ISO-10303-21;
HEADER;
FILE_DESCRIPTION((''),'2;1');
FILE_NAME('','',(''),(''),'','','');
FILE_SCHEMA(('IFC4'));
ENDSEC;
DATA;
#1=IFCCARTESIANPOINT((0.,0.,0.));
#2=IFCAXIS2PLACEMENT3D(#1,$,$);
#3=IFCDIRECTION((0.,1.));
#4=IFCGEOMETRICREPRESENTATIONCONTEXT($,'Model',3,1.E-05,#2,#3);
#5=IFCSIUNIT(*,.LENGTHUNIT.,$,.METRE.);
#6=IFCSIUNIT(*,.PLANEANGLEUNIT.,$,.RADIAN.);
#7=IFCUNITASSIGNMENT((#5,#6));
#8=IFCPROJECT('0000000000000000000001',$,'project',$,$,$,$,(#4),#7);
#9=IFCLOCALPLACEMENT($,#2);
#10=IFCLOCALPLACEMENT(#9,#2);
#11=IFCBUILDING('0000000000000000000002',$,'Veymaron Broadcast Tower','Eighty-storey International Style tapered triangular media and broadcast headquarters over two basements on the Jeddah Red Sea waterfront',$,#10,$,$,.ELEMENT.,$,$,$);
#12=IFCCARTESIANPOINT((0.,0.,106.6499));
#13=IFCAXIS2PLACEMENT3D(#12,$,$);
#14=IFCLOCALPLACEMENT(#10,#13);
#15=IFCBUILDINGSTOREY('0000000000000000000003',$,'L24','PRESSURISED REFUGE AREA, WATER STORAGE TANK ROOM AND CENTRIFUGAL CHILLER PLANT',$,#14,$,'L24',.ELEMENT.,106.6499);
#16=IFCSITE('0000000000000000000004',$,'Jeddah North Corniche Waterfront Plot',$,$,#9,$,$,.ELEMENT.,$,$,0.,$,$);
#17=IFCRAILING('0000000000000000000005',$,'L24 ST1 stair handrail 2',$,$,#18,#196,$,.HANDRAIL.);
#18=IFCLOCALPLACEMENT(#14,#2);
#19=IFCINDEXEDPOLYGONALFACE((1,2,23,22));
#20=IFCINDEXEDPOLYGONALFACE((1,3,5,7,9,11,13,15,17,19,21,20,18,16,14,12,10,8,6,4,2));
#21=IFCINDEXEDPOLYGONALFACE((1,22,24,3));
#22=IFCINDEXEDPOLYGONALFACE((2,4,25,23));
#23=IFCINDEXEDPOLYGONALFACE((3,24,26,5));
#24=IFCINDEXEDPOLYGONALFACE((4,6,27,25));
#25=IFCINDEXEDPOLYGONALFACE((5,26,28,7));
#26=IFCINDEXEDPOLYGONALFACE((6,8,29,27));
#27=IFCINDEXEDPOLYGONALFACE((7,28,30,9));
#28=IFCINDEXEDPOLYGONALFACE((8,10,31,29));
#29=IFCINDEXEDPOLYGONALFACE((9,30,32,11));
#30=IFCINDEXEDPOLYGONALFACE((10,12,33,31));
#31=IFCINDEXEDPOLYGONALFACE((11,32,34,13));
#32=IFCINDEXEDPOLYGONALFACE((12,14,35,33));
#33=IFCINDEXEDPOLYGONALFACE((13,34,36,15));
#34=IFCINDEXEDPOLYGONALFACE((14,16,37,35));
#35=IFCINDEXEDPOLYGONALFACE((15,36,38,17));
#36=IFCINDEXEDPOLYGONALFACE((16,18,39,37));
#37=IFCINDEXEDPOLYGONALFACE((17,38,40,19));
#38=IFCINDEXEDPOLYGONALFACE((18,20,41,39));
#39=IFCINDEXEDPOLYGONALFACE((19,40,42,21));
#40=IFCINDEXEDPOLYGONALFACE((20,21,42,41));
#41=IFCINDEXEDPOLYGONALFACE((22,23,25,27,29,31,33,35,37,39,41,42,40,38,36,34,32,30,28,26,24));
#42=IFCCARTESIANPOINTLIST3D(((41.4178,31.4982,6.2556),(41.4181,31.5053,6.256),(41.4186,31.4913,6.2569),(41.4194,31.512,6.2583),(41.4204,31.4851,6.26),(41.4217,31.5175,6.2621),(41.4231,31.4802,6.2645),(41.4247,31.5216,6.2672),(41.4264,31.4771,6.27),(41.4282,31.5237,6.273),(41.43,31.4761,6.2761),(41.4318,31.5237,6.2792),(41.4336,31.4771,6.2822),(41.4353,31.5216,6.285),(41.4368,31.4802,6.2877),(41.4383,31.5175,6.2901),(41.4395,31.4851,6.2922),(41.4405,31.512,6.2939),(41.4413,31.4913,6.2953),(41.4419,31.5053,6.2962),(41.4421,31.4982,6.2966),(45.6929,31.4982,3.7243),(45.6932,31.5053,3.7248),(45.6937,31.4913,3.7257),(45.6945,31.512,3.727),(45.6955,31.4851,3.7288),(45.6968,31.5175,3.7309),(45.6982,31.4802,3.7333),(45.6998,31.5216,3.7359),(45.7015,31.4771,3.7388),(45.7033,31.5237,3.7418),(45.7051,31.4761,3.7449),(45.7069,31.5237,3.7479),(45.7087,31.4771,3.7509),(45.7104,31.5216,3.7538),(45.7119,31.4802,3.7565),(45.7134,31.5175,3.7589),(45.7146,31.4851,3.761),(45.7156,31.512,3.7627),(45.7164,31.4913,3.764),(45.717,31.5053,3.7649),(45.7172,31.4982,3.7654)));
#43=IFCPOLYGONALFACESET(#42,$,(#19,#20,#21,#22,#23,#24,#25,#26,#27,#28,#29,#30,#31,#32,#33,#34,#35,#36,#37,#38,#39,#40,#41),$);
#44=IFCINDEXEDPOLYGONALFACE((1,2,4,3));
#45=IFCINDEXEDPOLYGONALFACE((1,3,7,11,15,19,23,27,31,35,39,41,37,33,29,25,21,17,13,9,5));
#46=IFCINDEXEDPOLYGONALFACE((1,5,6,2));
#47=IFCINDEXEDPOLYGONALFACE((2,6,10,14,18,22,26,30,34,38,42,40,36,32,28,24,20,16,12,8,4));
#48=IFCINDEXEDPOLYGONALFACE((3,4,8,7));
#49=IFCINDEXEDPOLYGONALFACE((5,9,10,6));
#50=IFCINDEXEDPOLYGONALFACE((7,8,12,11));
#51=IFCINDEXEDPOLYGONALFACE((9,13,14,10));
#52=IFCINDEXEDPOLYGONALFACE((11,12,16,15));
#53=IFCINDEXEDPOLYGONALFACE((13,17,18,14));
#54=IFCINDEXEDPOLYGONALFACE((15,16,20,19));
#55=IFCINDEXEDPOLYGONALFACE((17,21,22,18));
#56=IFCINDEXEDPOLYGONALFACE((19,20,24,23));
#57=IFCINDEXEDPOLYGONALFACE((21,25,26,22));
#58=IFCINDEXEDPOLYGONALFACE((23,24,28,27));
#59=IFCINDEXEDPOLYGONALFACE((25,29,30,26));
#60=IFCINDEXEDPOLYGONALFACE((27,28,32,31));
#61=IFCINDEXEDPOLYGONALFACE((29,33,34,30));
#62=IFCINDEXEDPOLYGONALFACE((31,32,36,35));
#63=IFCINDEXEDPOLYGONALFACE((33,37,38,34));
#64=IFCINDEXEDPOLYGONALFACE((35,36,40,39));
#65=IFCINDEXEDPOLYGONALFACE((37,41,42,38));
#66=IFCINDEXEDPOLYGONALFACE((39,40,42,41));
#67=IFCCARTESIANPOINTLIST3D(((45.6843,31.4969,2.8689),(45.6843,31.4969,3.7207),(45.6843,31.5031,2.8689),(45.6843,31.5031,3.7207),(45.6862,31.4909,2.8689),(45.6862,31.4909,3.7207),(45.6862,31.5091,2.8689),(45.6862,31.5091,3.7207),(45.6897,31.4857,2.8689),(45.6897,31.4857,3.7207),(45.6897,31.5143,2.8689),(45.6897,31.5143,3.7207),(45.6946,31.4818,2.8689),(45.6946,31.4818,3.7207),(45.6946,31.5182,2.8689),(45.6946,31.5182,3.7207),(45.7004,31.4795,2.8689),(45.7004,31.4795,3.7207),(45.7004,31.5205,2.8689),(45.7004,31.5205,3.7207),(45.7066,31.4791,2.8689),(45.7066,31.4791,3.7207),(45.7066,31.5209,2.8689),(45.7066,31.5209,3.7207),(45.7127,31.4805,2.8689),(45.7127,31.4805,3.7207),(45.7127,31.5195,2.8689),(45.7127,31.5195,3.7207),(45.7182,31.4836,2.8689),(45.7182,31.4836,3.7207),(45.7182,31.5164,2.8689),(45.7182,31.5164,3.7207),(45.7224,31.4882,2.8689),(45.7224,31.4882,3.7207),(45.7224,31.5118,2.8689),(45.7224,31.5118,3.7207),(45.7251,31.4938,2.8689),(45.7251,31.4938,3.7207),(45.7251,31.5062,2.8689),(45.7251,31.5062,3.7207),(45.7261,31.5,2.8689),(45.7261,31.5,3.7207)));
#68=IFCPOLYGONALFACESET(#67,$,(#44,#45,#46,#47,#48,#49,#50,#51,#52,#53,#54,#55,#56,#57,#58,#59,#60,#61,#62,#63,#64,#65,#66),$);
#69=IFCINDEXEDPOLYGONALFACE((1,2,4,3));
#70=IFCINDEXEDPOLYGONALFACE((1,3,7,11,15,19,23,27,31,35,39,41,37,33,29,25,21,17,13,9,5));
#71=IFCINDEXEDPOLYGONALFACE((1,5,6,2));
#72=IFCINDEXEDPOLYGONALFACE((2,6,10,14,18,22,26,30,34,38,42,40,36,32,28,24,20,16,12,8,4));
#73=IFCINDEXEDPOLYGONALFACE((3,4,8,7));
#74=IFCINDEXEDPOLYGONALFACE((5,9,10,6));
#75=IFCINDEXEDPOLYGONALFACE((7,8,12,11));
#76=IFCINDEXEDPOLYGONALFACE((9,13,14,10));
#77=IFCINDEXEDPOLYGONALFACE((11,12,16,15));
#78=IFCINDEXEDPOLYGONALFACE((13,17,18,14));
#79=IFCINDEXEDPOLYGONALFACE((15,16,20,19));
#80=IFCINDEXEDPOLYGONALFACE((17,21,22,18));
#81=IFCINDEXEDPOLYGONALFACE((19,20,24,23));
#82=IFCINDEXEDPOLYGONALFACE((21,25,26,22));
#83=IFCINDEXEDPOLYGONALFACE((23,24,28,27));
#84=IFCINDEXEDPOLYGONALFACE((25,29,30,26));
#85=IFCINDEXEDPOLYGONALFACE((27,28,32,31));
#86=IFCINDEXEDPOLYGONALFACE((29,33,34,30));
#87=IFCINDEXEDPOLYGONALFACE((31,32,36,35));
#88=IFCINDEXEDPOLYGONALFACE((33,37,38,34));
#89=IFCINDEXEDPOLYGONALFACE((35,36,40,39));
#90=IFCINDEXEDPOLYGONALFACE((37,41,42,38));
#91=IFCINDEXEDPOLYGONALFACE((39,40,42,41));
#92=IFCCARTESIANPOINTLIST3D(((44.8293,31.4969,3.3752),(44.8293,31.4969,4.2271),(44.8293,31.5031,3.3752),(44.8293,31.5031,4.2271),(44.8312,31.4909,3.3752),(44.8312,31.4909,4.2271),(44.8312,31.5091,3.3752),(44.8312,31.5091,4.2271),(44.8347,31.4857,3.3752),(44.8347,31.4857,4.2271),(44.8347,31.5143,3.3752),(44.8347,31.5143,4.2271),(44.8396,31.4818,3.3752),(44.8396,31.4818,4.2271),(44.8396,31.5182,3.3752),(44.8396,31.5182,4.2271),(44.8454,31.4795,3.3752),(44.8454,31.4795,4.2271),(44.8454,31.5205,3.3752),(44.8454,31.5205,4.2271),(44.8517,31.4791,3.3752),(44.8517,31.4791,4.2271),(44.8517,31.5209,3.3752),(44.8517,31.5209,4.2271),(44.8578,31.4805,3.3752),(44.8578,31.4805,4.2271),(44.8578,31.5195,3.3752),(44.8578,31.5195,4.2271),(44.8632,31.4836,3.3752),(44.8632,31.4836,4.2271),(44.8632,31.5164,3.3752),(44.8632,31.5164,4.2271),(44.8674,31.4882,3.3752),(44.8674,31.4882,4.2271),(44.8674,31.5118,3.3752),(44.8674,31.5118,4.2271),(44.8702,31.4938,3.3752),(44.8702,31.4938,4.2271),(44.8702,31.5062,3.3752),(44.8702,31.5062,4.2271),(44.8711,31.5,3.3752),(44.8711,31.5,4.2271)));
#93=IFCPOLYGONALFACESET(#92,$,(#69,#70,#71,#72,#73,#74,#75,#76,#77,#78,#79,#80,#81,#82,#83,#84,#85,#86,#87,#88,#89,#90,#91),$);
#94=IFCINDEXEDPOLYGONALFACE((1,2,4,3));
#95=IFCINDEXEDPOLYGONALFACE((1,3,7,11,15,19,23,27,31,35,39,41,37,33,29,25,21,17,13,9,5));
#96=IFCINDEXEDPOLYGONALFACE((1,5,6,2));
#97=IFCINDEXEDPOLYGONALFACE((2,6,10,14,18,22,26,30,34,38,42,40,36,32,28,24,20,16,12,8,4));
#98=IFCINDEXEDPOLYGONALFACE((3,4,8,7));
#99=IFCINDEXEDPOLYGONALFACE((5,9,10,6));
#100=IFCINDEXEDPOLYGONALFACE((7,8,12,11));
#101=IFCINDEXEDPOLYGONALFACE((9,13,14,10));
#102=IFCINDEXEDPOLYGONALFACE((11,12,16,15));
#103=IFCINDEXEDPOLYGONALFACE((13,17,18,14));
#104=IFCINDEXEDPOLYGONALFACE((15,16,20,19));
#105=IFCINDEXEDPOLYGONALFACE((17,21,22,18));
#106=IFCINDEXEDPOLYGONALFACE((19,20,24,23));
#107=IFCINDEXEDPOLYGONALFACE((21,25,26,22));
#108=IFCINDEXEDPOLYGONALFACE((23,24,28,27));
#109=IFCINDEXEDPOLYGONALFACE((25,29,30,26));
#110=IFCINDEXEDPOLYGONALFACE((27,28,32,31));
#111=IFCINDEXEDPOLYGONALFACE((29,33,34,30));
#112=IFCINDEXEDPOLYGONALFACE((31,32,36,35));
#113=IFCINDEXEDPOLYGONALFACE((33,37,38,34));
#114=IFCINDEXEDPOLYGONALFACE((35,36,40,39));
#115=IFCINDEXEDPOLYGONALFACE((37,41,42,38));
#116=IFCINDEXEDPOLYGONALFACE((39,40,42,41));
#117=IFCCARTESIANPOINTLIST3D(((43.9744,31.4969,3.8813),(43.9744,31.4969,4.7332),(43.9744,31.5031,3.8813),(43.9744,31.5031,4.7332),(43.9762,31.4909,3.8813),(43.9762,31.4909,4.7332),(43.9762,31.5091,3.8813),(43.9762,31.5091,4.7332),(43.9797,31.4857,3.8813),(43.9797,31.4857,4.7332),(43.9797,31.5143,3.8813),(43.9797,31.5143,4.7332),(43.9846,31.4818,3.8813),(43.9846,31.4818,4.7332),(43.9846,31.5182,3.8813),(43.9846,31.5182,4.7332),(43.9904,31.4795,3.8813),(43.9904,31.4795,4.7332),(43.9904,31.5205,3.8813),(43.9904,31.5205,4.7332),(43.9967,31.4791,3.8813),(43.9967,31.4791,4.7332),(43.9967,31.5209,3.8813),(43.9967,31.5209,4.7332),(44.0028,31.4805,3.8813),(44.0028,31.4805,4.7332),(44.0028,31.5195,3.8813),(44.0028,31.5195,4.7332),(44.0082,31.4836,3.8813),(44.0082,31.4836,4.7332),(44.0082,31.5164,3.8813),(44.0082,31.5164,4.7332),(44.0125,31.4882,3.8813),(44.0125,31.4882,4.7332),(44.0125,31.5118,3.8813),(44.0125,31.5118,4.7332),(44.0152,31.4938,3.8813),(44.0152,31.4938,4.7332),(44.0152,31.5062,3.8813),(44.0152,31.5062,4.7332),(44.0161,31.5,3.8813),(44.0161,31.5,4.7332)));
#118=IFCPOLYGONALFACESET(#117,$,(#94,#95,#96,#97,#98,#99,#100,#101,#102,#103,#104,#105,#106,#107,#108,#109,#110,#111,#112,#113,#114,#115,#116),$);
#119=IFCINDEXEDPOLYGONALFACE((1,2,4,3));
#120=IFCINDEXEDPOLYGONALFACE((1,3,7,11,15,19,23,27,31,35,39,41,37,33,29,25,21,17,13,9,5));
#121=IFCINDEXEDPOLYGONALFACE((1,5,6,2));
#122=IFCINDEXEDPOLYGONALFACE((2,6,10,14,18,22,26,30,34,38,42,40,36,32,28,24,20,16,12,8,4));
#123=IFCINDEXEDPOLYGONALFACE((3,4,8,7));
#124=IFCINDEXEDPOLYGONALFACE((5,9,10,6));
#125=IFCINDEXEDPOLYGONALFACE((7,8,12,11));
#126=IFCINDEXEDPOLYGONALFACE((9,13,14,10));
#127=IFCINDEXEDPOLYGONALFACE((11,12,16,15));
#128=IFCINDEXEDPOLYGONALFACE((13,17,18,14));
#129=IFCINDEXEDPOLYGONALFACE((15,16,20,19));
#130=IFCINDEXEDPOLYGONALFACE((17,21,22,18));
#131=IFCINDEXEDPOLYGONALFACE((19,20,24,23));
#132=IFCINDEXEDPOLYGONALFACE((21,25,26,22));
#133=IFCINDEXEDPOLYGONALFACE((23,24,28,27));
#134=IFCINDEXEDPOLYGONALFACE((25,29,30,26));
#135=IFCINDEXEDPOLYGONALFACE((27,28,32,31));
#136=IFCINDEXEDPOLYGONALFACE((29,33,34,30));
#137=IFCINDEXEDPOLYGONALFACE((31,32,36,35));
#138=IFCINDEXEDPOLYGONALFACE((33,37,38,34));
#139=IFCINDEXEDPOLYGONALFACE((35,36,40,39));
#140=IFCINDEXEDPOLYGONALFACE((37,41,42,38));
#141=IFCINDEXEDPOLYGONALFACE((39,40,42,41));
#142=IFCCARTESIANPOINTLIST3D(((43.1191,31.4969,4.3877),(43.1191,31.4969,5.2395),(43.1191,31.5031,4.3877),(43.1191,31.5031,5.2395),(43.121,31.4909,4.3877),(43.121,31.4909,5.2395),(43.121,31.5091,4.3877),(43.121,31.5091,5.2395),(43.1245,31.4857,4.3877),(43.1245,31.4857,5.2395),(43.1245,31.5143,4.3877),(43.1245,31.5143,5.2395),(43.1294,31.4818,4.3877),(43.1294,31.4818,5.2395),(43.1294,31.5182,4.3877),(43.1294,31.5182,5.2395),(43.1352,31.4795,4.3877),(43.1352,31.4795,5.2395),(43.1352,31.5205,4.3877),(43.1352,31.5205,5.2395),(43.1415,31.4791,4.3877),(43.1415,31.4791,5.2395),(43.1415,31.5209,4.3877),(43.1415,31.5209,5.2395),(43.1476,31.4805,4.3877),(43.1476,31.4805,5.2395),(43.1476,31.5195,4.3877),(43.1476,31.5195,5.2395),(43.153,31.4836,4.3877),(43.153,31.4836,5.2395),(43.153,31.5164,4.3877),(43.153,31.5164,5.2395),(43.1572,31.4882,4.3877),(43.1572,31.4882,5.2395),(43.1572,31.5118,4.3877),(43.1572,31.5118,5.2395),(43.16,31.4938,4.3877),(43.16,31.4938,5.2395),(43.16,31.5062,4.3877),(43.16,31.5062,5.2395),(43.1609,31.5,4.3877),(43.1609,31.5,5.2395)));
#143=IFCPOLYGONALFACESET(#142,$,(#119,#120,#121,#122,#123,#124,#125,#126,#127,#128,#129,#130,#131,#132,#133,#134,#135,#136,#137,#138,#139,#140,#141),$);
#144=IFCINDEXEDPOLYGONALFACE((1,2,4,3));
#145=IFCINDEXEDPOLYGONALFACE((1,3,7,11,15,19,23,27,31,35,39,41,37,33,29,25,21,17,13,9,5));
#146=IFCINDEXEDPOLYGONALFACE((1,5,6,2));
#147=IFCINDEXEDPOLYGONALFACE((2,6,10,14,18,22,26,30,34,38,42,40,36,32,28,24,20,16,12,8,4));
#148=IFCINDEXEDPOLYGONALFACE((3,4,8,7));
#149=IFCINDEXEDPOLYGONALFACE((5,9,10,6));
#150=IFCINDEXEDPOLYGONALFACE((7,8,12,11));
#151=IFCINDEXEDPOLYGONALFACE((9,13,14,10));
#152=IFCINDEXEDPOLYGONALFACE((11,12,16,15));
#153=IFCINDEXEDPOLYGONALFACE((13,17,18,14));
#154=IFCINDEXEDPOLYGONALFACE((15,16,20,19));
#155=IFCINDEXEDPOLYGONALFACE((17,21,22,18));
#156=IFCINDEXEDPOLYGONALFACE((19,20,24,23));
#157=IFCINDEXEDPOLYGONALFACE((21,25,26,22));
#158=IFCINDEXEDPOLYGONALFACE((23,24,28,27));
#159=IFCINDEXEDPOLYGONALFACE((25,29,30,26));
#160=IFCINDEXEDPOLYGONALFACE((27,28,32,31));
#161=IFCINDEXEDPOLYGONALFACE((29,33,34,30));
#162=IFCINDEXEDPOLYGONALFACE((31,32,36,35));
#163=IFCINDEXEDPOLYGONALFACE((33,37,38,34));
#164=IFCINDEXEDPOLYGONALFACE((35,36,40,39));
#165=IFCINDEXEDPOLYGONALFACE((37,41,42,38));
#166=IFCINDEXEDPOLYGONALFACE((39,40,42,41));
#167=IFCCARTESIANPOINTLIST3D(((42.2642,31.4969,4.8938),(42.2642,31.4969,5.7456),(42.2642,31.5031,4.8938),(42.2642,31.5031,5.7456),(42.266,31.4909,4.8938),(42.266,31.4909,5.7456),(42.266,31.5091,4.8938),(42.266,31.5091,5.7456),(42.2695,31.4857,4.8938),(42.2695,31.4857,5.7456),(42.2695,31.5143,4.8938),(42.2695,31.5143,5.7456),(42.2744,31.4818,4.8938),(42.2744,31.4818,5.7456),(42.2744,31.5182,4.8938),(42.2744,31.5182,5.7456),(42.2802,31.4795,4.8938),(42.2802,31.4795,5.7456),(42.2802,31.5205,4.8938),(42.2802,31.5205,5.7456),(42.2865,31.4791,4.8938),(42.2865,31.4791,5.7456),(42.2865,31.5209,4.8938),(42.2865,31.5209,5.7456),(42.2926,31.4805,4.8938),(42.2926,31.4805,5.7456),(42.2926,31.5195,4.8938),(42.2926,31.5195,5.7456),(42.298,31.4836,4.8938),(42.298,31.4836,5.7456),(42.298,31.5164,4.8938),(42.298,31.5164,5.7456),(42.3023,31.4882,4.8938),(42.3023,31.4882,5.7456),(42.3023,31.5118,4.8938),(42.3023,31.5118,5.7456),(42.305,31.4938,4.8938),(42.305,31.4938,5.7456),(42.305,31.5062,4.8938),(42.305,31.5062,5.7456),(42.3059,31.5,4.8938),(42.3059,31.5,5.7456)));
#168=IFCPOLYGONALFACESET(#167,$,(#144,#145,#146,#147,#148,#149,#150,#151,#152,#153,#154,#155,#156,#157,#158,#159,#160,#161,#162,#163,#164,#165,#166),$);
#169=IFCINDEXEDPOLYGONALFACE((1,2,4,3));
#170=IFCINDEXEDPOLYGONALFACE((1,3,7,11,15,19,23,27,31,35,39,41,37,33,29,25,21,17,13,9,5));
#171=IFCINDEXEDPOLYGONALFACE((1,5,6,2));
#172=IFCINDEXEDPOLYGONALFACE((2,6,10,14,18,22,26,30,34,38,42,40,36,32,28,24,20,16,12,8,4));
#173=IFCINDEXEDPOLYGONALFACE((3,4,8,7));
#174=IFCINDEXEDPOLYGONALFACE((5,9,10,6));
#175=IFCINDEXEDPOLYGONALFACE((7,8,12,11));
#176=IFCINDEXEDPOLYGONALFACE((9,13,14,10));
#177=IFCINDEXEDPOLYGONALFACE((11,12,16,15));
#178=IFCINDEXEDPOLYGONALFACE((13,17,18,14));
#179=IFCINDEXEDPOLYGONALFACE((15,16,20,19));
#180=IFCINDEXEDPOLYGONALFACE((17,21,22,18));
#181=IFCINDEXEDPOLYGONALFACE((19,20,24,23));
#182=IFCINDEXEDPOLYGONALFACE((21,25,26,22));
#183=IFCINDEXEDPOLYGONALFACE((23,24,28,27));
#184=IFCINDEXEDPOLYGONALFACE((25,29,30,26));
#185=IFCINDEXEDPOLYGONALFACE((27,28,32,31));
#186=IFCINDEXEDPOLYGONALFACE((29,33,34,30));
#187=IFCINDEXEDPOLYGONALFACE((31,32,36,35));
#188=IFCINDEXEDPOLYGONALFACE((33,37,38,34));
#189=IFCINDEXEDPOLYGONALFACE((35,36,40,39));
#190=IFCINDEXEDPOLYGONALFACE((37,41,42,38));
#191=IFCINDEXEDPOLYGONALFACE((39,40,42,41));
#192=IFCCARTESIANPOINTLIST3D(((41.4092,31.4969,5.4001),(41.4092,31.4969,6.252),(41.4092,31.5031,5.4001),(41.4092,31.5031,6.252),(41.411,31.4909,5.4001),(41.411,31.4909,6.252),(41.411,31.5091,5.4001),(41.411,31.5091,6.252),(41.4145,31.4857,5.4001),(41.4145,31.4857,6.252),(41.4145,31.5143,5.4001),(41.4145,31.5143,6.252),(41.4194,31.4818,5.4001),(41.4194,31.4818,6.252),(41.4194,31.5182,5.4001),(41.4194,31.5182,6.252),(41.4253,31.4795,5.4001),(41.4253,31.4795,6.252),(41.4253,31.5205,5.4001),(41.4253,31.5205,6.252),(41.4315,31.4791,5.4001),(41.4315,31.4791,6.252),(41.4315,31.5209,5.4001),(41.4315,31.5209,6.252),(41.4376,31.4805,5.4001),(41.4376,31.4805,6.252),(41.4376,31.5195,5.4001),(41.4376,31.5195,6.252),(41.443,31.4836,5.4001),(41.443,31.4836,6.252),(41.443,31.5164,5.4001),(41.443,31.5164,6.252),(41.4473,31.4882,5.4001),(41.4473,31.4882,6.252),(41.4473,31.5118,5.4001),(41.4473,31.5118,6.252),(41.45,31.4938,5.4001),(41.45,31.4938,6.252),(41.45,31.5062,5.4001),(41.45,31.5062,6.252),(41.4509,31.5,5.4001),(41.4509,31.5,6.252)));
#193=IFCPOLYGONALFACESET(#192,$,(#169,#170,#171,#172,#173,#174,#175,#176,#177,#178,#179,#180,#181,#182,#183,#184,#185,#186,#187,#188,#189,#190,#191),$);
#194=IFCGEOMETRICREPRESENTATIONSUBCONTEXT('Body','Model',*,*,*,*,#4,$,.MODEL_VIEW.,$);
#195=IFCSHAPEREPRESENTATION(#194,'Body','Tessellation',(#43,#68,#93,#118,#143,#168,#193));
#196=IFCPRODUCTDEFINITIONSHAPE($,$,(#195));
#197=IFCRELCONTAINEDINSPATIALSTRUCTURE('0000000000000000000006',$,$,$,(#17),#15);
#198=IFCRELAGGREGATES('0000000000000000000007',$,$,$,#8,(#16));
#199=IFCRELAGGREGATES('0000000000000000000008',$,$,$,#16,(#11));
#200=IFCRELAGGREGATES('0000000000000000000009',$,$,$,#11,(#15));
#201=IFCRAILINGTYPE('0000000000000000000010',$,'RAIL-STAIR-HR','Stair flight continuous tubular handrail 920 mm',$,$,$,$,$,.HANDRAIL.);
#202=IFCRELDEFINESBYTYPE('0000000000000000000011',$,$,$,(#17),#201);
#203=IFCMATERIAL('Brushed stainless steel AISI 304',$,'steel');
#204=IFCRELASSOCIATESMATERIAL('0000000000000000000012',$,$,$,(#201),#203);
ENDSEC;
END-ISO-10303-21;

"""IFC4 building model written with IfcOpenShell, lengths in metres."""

from ifc_helpers import new_model, si_unit, direction, frame, origin, origin_2d, place, context, subcontext, project, spatial, circle, extrude, material, type_object, element, save


model = new_model("IFC4")

# Units and contexts
model_context = context("Model", 3, precision=1e-05, world=origin(), true_north=direction((0.0, 1.0)))
body_context = subcontext(model_context, "Body", "Model", "MODEL_VIEW")
ifc_project = project(units=[si_unit("LENGTHUNIT", "METRE"), si_unit("PLANEANGLEUNIT", "RADIAN")], contexts=[model_context])

# Site, building, storey
site_placement = place(None, origin())
site = spatial("IfcSite", under=ifc_project, at=site_placement, Name="Jeddah North Corniche Waterfront Plot", CompositionType="ELEMENT", RefElevation=0.0)
building_placement = place(site_placement, origin())
building = spatial("IfcBuilding", under=site, at=building_placement, Name="Veymaron Broadcast Tower", Description="Eighty-storey International Style tapered triangular media and broadcast headquarters over two basements on the Jeddah Red Sea waterfront", CompositionType="ELEMENT")
storey_placement = place(building_placement, frame((0.0, 0.0, 106.6499)))
storey = spatial("IfcBuildingStorey", under=building, at=storey_placement, Name="L24", Description="PRESSURISED REFUGE AREA, WATER STORAGE TANK ROOM AND CENTRIFUGAL CHILLER PLANT", LongName="L24", CompositionType="ELEMENT", Elevation=106.6499)

# Railing
ifc_material_1 = material(Name="Brushed stainless steel AISI 304", Category="steel")
railing_type_1 = type_object("IfcRailingType", Name="RAIL-STAIR-HR", Description="Stair flight continuous tubular handrail 920 mm", PredefinedType="HANDRAIL", material=ifc_material_1)
railing_1_placement = place(storey_placement, frame((45.7051, 31.5, 2.8689)))
element("IfcRailing", 1, at=railing_1_placement, inside=storey, type_object=railing_type_1, Name="L24 ST1 stair handrail 2", PredefinedType="HANDRAIL", context=body_context, shape_type="SweptSolid", body=[
    extrude(circle(Radius=0.0239, at=origin_2d()), frame((0.0, 0.0, 0.876), z_axis=(-0.860483, 0.0, 0.509479), x_axis=(0.0, -1.0, 0.0)), (0.0, 0.0, 1.0), 4.9683),
    extrude(circle(Radius=0.021, at=origin_2d()), origin(), (0.0, 0.0, 1.0), 0.8518),
    extrude(circle(Radius=0.021, at=origin_2d()), frame((-0.855, 0.0, 0.5063)), (0.0, 0.0, 1.0), 0.8518),
    extrude(circle(Radius=0.021, at=origin_2d()), frame((-1.71, 0.0, 1.0125)), (0.0, 0.0, 1.0), 0.8518),
    extrude(circle(Radius=0.021, at=origin_2d()), frame((-2.5652, 0.0, 1.5188)), (0.0, 0.0, 1.0), 0.8518),
    extrude(circle(Radius=0.021, at=origin_2d()), frame((-3.4202, 0.0, 2.0249)), (0.0, 0.0, 1.0), 0.8518),
    extrude(circle(Radius=0.021, at=origin_2d()), frame((-4.2751, 0.0, 2.5312)), (0.0, 0.0, 1.0), 0.8518),
])

save(model, "model.ifc")
